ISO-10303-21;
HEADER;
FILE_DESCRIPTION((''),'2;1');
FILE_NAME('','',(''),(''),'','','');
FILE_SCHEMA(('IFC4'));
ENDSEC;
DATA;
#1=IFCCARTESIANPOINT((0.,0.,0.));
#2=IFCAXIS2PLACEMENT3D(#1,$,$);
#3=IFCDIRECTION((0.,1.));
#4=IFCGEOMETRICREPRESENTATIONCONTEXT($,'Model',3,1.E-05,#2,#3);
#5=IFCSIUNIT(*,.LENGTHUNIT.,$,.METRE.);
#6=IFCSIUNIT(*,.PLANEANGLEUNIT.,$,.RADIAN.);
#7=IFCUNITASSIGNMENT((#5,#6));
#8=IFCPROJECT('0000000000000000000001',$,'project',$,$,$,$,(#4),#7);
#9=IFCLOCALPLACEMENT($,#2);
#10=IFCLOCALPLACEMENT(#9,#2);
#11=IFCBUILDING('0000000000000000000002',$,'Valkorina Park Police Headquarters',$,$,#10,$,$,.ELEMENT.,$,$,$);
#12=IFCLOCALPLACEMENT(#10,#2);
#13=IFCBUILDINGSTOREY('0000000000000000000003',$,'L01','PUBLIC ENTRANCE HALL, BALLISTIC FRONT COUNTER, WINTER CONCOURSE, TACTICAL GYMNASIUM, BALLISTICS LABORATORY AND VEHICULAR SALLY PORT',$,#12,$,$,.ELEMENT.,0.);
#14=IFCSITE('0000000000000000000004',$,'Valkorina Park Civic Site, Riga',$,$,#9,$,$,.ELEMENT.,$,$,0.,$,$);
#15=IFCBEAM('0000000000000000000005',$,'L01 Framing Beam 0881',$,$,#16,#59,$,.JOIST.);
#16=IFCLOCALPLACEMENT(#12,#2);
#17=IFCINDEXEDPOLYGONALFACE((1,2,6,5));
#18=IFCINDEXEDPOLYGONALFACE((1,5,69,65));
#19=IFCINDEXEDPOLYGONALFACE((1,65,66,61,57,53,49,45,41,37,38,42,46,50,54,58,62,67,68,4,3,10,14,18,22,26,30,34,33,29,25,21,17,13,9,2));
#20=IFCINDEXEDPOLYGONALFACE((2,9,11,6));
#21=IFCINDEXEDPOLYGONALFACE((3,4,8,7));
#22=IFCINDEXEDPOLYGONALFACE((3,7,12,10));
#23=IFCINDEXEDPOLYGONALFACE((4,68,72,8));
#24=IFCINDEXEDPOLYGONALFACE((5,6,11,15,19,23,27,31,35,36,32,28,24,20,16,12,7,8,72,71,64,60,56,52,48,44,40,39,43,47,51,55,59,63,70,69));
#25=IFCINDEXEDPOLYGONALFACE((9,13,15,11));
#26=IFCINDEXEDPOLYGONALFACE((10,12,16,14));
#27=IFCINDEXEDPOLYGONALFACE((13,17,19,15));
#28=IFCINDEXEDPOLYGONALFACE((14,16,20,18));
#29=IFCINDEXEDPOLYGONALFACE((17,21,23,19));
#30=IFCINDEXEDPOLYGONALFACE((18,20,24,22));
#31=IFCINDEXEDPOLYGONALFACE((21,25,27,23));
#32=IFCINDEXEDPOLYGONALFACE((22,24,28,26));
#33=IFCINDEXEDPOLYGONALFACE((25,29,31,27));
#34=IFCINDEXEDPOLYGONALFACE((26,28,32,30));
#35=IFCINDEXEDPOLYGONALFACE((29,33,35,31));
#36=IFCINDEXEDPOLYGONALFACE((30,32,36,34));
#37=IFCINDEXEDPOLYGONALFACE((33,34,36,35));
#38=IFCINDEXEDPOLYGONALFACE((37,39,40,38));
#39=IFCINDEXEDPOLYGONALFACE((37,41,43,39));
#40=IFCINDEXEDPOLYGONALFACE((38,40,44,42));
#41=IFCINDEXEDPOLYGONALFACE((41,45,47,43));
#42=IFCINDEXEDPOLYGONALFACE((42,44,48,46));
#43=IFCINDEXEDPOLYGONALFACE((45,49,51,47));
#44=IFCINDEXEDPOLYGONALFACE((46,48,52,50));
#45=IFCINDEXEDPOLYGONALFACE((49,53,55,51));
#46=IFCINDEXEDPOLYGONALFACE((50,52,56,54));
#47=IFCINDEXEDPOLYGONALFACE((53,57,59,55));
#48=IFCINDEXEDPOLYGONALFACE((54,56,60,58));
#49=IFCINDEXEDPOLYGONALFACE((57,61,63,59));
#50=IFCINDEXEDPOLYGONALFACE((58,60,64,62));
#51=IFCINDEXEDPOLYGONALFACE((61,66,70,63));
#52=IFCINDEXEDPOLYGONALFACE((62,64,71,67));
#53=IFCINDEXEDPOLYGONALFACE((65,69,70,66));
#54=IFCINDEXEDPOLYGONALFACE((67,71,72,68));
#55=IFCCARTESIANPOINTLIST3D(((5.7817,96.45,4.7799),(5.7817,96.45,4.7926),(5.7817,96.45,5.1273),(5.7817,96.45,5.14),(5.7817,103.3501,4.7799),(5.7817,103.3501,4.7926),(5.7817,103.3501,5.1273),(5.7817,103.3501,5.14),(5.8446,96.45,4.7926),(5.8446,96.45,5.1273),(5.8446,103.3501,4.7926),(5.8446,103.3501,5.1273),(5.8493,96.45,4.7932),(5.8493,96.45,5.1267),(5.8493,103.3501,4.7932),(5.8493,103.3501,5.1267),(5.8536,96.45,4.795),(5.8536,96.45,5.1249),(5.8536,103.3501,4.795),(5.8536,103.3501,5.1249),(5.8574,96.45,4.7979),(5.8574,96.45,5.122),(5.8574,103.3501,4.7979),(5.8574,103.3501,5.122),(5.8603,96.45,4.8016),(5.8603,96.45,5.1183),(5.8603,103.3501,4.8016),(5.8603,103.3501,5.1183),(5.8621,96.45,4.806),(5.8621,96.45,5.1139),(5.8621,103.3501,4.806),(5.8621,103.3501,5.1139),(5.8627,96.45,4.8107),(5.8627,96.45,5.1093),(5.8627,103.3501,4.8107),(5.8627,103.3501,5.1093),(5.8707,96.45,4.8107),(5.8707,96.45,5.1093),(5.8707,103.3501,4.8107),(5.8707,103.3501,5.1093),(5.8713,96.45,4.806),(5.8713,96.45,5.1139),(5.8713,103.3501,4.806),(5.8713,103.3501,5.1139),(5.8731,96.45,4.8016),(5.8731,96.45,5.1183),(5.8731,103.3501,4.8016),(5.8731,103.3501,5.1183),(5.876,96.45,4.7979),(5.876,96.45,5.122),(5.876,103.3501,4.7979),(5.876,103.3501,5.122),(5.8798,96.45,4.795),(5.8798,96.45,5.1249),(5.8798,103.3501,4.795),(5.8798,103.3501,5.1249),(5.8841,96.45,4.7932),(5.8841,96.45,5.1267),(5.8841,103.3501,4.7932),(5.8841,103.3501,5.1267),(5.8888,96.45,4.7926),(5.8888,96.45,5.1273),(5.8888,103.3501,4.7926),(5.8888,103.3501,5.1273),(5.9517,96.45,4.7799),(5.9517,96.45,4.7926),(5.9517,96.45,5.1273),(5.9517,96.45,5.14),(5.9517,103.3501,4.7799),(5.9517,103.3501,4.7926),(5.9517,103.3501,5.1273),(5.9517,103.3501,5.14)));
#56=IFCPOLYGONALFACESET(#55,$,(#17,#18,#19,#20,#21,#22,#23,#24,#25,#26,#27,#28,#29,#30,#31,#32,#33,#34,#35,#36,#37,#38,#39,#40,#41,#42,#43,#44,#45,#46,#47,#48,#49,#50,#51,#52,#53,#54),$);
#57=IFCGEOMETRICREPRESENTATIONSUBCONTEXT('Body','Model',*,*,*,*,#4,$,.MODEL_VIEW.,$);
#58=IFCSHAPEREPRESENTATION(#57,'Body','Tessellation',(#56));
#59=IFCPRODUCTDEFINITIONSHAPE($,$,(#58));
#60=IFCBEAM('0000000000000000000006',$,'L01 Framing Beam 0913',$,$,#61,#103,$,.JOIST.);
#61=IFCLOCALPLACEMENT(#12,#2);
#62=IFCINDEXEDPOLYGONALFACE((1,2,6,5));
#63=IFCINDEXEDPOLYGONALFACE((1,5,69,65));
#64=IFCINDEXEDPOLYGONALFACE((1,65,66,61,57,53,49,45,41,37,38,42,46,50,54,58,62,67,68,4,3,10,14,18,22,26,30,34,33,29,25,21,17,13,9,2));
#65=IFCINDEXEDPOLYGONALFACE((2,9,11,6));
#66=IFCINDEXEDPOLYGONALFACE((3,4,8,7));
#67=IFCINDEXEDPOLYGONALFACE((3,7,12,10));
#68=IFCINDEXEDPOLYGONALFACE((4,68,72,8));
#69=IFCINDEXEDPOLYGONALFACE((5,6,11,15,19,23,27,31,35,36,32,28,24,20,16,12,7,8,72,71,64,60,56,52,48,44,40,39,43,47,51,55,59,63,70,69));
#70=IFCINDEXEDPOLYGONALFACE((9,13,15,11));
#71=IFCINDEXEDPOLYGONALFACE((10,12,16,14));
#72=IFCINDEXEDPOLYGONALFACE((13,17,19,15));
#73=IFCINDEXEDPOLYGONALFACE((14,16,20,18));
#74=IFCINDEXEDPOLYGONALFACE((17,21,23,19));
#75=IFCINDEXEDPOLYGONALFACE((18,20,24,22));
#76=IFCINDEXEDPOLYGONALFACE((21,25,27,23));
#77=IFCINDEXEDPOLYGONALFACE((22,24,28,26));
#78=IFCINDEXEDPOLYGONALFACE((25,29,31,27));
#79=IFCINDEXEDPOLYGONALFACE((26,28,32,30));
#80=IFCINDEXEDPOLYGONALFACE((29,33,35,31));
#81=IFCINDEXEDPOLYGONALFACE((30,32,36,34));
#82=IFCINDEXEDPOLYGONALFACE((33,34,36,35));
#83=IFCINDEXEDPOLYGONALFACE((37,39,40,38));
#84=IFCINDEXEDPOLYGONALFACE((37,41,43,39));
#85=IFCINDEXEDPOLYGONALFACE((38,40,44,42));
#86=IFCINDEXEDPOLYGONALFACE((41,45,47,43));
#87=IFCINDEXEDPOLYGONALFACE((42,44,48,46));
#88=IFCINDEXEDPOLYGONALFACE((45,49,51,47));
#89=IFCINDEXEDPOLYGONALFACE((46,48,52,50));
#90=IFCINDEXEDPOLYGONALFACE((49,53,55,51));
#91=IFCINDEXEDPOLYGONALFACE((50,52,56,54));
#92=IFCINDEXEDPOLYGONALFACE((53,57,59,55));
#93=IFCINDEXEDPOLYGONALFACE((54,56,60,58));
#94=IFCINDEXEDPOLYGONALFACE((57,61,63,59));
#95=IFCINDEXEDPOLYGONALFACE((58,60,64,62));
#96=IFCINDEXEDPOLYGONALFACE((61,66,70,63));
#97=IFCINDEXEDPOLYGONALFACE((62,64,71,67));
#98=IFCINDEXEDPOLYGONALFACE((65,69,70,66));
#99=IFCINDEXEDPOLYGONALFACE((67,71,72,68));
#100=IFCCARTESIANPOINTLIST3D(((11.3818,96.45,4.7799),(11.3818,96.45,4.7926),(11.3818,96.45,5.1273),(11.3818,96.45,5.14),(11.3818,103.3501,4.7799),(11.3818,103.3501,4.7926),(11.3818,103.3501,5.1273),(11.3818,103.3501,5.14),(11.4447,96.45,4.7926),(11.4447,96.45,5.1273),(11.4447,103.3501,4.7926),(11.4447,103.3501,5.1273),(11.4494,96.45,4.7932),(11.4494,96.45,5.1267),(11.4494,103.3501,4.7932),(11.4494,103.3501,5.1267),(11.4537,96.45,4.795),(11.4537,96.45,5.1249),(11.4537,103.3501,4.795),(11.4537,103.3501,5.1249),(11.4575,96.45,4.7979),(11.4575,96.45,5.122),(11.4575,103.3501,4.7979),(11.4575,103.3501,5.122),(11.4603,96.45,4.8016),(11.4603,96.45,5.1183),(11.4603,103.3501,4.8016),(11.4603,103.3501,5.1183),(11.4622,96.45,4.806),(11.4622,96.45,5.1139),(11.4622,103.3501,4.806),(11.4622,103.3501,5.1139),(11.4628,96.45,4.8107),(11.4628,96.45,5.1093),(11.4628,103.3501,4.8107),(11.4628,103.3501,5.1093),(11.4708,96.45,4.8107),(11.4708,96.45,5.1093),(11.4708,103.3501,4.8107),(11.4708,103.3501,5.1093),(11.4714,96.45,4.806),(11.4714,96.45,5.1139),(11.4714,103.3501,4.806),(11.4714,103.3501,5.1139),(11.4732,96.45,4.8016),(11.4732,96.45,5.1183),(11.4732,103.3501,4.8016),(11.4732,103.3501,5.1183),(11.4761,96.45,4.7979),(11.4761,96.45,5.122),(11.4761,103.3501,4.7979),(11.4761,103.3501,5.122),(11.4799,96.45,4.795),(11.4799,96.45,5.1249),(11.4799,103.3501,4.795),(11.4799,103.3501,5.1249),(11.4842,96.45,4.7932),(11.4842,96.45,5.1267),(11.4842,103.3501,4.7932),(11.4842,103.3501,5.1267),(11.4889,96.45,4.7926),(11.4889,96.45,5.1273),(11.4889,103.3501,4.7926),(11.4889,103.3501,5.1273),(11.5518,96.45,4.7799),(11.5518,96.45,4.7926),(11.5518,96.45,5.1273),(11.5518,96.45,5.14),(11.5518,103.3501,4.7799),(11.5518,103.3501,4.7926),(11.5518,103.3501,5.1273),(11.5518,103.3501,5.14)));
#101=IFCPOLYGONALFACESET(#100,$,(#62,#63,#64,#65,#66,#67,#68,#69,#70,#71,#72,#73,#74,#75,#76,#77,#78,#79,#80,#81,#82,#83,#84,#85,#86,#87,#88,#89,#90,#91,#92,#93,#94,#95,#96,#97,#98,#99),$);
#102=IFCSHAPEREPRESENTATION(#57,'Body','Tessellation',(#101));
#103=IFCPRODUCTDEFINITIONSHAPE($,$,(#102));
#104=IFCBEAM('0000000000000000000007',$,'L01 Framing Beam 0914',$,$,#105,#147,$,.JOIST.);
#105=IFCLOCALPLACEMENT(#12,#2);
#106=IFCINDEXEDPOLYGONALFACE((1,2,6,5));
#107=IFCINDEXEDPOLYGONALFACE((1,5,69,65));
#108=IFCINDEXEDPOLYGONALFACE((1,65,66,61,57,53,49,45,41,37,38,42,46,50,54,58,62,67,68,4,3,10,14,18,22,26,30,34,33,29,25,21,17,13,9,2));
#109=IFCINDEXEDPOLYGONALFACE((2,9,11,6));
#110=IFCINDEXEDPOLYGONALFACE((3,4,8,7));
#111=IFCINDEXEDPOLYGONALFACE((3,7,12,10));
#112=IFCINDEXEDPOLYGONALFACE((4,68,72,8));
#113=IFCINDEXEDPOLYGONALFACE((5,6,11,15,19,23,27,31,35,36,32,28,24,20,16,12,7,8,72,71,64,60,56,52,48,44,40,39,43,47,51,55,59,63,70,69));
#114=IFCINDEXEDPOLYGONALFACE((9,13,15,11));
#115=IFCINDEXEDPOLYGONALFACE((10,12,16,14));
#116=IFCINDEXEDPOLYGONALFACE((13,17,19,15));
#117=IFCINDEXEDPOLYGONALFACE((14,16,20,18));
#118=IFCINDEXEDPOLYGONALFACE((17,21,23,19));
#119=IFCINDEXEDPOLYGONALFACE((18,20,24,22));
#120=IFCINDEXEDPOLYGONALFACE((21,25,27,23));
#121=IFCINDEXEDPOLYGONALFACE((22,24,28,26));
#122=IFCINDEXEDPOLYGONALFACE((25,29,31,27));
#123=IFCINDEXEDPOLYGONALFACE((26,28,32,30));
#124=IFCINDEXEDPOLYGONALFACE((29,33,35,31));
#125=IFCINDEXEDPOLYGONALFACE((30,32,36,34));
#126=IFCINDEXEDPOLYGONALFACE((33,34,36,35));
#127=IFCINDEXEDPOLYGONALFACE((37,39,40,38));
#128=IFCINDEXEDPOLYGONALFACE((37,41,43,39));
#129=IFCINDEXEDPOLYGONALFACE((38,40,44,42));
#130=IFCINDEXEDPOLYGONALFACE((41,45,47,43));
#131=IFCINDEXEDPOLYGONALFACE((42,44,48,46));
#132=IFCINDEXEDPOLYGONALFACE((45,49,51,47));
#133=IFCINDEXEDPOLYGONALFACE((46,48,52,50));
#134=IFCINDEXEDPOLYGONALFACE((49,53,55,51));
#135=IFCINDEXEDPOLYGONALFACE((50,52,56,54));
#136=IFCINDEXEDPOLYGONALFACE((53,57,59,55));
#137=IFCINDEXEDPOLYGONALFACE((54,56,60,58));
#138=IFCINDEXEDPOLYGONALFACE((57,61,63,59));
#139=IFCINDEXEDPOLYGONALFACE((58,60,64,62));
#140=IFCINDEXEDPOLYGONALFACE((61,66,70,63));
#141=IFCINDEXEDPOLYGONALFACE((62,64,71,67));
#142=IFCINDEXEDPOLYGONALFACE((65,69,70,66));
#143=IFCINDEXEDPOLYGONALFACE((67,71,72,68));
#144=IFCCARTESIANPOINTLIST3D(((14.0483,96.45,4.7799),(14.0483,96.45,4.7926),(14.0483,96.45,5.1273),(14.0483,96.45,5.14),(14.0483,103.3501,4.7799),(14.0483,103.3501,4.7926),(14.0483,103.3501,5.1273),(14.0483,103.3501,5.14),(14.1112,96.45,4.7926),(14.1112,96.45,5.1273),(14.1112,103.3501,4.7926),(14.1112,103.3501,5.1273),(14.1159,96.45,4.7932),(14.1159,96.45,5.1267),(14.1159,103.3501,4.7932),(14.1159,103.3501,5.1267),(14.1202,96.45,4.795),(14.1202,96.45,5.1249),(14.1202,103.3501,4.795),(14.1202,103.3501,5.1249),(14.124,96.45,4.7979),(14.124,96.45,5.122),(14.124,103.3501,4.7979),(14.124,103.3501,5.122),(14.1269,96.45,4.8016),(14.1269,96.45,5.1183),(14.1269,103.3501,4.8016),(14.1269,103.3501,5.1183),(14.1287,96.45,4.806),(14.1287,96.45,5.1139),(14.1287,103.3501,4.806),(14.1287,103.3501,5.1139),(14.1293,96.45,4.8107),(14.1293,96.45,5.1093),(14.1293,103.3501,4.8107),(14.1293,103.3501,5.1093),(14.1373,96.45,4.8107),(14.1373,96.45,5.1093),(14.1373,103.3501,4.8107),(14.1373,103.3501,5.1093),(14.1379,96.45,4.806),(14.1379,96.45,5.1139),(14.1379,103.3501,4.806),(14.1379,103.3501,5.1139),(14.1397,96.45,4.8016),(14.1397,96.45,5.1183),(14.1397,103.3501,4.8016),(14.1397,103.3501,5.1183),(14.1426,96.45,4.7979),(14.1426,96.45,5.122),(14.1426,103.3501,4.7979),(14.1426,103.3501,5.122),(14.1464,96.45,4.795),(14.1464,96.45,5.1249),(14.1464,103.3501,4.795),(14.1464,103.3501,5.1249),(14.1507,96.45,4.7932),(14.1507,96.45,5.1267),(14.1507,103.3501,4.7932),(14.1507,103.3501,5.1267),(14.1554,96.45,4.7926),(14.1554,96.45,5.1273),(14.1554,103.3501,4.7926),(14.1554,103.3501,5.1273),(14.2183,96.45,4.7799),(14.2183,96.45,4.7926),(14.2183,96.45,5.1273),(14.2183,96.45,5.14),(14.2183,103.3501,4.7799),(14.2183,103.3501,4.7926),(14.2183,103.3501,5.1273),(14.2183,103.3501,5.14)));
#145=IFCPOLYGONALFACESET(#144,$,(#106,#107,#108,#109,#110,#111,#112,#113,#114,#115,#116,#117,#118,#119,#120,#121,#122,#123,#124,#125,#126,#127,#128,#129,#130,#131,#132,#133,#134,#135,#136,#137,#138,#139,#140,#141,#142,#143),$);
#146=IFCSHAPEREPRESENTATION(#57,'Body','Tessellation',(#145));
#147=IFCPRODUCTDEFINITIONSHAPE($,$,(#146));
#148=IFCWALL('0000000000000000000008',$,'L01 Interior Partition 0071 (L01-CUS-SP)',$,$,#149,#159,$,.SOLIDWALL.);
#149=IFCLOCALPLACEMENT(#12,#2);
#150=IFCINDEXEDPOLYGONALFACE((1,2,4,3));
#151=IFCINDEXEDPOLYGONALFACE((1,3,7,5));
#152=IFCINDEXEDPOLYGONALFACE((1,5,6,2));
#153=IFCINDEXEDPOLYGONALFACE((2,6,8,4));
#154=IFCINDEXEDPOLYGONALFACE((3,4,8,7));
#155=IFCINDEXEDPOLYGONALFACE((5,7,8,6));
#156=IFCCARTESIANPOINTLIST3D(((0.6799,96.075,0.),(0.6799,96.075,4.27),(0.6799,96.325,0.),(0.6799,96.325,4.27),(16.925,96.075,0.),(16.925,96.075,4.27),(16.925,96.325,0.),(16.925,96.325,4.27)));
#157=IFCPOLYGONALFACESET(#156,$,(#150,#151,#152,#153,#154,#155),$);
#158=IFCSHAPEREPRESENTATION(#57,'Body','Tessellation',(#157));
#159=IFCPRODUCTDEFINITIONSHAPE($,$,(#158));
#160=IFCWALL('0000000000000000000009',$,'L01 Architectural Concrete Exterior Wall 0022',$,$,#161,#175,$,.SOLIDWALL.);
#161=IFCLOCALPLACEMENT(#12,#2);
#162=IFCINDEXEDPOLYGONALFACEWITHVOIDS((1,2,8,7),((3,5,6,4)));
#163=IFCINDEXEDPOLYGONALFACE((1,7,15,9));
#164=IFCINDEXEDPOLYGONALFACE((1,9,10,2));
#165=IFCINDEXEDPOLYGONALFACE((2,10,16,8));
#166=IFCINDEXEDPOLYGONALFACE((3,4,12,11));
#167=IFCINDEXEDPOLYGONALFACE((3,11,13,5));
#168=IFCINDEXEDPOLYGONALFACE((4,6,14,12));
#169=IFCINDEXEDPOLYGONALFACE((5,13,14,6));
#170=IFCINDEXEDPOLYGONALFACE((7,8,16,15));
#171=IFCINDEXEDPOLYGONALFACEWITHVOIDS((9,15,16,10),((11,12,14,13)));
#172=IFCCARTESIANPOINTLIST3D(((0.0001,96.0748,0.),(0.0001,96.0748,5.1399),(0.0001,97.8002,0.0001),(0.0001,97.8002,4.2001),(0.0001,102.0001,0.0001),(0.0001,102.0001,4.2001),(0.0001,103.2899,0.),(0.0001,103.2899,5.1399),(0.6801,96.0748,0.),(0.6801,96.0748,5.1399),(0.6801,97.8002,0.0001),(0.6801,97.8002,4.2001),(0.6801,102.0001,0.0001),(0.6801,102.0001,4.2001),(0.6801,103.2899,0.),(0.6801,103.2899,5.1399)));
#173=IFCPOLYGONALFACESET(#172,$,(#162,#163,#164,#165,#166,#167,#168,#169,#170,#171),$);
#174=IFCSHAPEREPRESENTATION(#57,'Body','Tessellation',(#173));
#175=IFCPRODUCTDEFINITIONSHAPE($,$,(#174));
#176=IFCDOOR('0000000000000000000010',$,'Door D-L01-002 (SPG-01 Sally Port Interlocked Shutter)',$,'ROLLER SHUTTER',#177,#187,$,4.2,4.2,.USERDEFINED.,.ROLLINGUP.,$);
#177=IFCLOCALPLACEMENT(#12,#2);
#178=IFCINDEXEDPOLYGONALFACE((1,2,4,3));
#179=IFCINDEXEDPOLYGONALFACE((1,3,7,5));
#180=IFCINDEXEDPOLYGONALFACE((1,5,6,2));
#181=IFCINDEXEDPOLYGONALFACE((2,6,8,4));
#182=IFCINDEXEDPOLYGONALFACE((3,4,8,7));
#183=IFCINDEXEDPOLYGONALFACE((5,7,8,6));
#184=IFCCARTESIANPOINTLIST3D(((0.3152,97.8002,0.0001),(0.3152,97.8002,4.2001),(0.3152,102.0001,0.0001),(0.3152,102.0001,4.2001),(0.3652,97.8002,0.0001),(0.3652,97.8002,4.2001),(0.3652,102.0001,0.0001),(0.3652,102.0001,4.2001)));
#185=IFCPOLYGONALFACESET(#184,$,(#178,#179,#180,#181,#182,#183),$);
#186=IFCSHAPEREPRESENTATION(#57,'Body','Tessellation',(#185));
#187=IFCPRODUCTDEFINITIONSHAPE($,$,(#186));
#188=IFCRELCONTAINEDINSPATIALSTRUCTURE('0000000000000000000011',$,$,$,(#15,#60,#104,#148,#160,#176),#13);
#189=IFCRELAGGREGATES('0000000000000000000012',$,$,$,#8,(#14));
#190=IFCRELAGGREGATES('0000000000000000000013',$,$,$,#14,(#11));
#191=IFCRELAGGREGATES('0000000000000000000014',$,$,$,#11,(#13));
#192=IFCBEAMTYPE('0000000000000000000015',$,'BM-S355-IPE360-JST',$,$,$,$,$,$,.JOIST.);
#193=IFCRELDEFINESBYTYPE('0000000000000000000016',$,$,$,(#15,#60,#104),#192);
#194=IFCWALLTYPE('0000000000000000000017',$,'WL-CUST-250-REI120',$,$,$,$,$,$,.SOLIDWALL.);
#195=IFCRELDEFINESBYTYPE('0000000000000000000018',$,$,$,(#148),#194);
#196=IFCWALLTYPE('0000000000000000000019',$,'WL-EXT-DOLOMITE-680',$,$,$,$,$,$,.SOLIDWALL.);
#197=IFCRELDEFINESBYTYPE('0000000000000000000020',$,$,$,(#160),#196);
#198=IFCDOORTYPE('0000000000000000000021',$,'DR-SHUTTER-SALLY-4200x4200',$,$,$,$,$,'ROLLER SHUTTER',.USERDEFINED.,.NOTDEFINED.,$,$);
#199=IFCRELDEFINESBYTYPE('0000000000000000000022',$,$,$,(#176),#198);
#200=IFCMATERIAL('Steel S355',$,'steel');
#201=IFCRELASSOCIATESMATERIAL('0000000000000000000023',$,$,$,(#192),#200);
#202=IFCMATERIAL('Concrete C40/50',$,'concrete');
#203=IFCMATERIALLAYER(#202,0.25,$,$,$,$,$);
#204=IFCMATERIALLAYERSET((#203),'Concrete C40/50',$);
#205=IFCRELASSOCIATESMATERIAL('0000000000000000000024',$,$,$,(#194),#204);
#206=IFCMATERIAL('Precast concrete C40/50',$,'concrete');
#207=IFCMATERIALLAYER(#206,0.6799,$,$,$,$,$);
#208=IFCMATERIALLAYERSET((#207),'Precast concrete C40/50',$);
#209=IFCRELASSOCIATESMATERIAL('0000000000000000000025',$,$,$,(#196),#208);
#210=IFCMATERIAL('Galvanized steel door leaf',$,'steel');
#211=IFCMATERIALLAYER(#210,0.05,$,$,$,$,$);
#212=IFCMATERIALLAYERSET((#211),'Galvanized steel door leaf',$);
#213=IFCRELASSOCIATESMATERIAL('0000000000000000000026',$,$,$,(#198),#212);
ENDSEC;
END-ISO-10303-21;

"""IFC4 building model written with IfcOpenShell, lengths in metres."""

from ifc_helpers import new_model, si_unit, direction, frame, frame_2d, origin, origin_2d, place, context, subcontext, project, spatial, rectangle, i_section, extrude, material, layer, layer_set, material_profile, profile_set, type_object, element, fill, save


model = new_model("IFC4")

# Units and contexts
model_context = context("Model", 3, precision=1e-05, world=origin(), true_north=direction((0.0, 1.0)))
body_context = subcontext(model_context, "Body", "Model", "MODEL_VIEW")
ifc_project = project(units=[si_unit("LENGTHUNIT", "METRE"), si_unit("PLANEANGLEUNIT", "RADIAN")], contexts=[model_context])

# Site, building, storey
site_placement = place(None, origin())
site = spatial("IfcSite", under=ifc_project, at=site_placement, Name="Valkorina Park Civic Site, Riga", CompositionType="ELEMENT", RefElevation=0.0)
building_placement = place(site_placement, origin())
building = spatial("IfcBuilding", under=site, at=building_placement, Name="Valkorina Park Police Headquarters", CompositionType="ELEMENT")
storey_placement = place(building_placement, origin())
storey = spatial("IfcBuildingStorey", under=building, at=storey_placement, Name="L01", Description="PUBLIC ENTRANCE HALL, BALLISTIC FRONT COUNTER, WINTER CONCOURSE, TACTICAL GYMNASIUM, BALLISTICS LABORATORY AND VEHICULAR SALLY PORT", CompositionType="ELEMENT", Elevation=0.0)

# Shared definitions
ifc_material_1 = material(Name="Concrete C40/50", Category="concrete")

# Beams
ifc_material_2 = material(Name="Steel S355", Category="steel")
ifc_material_profile_1 = material_profile(ifc_material_2, i_section(OverallWidth=0.1699, OverallDepth=0.3601, WebThickness=0.0081, FlangeThickness=0.0127, FilletRadius=0.0181, at=origin_2d()), Name="IPE 360")
ifc_profile_set_1 = profile_set([ifc_material_profile_1], Name="Steel S355")
beam_type_1 = type_object("IfcBeamType", Name="BM-S355-IPE360-JST", PredefinedType="JOIST", material=ifc_profile_set_1)
for number, where, z_axis, x_axis, name in (
    (1, (5.8667, 96.45, 4.96), (0.0, 1.0, 0.0), (-1.0, 0.0, 0.0), "L01 Framing Beam 0881"),
    (2, (11.4668, 96.45, 4.96), (0.0, 1.0, 0.0), (-1.0, 0.0, 0.0), "L01 Framing Beam 0913"),
    (3, (14.1333, 96.45, 4.96), (0.0, 1.0, 0.0), (-1.0, 0.0, 0.0), "L01 Framing Beam 0914"),
):
    element("IfcBeam", number, at=place(storey_placement, frame(where, z_axis=z_axis, x_axis=x_axis)), inside=storey, type_object=beam_type_1, Name=name, PredefinedType="JOIST", context=body_context, shape_type="SweptSolid", body=[
        extrude(i_section(OverallWidth=0.1699, OverallDepth=0.3601, WebThickness=0.0081, FlangeThickness=0.0127, FilletRadius=0.0181, at=origin_2d()), origin(), (0.0, 0.0, 1.0), 6.9001),
    ])

# Wall
ifc_layer_1 = layer(ifc_material_1, 0.25)
ifc_layer_set_1 = layer_set([ifc_layer_1], Name="Concrete C40/50")
wall_type_1 = type_object("IfcWallType", Name="WL-CUST-250-REI120", PredefinedType="SOLIDWALL", material=ifc_layer_set_1)
wall_1_placement = place(storey_placement, frame((0.6799, 96.2, 0.0), z_axis=(0.0, 0.0, 1.0), x_axis=(1.0, 0.0, 0.0)))
element("IfcWall", 4, at=wall_1_placement, inside=storey, type_object=wall_type_1, Name="L01 Interior Partition 0071 (L01-CUS-SP)", PredefinedType="SOLIDWALL", context=body_context, shape_type="SweptSolid", body=[
    extrude(rectangle(XDim=16.2451, YDim=0.25, at=frame_2d((8.1226, 0.0))), origin(), (0.0, 0.0, 1.0), 4.27),
])

# Wall, opening, door
ifc_material_3 = material(Name="Precast concrete C40/50", Category="concrete")
ifc_layer_2 = layer(ifc_material_3, 0.6799)
ifc_layer_set_2 = layer_set([ifc_layer_2], Name="Precast concrete C40/50")
wall_type_2 = type_object("IfcWallType", Name="WL-EXT-DOLOMITE-680", PredefinedType="SOLIDWALL", material=ifc_layer_set_2)
wall_2_placement = place(storey_placement, frame((0.3401, 96.075, 0.0), z_axis=(0.0, 0.0, 1.0), x_axis=(0.0, 1.0, 0.0)))
wall_2 = element("IfcWall", 5, at=wall_2_placement, inside=storey, type_object=wall_type_2, Name="L01 Architectural Concrete Exterior Wall 0022", PredefinedType="SOLIDWALL", context=body_context, shape_type="SweptSolid", body=[
    extrude(rectangle(XDim=7.2151, YDim=0.6799, at=frame_2d((3.6074, 0.0))), origin(), (0.0, 0.0, 1.0), 5.1399),
])
opening_placement = place(wall_2_placement, frame((1.7251, 0.0, 0.0)))
opening = element("IfcOpeningElement", 6, at=opening_placement, cuts=wall_2, PredefinedType="OPENING", context=body_context, shape_type="SweptSolid", body=[
    extrude(rectangle(XDim=4.2, YDim=4.2, at=frame_2d((2.1001, 2.1001))), frame((0.0, 0.3501, 0.0), z_axis=(0.0, -1.0, 0.0), x_axis=(1.0, 0.0, 0.0)), (0.0, 0.0, 1.0), 0.7),
])
ifc_material_4 = material(Name="Galvanized steel door leaf", Category="steel")
ifc_layer_3 = layer(ifc_material_4, 0.05)
ifc_layer_set_3 = layer_set([ifc_layer_3], Name="Galvanized steel door leaf")
door_type = type_object("IfcDoorType", Name="DR-SHUTTER-SALLY-4200x4200", ElementType="ROLLER SHUTTER", OperationType="NOTDEFINED", PredefinedType="USERDEFINED", material=ifc_layer_set_3)
door_placement = place(opening_placement, origin())
door = element("IfcDoor", 7, at=door_placement, inside=storey, type_object=door_type, Name="Door D-L01-002 (SPG-01 Sally Port Interlocked Shutter)", ObjectType="ROLLER SHUTTER", OperationType="ROLLINGUP", OverallHeight=4.2, OverallWidth=4.2, PredefinedType="USERDEFINED", context=body_context, shape_type="SweptSolid", body=[
    extrude(rectangle(XDim=4.2, YDim=4.2, at=frame_2d((2.1001, 2.1001))), frame((0.0, 0.0249, 0.0), z_axis=(0.0, -1.0, 0.0), x_axis=(1.0, 0.0, 0.0)), (0.0, 0.0, 1.0), 0.05),
])
fill(opening, door)

save(model, "model.ifc")
